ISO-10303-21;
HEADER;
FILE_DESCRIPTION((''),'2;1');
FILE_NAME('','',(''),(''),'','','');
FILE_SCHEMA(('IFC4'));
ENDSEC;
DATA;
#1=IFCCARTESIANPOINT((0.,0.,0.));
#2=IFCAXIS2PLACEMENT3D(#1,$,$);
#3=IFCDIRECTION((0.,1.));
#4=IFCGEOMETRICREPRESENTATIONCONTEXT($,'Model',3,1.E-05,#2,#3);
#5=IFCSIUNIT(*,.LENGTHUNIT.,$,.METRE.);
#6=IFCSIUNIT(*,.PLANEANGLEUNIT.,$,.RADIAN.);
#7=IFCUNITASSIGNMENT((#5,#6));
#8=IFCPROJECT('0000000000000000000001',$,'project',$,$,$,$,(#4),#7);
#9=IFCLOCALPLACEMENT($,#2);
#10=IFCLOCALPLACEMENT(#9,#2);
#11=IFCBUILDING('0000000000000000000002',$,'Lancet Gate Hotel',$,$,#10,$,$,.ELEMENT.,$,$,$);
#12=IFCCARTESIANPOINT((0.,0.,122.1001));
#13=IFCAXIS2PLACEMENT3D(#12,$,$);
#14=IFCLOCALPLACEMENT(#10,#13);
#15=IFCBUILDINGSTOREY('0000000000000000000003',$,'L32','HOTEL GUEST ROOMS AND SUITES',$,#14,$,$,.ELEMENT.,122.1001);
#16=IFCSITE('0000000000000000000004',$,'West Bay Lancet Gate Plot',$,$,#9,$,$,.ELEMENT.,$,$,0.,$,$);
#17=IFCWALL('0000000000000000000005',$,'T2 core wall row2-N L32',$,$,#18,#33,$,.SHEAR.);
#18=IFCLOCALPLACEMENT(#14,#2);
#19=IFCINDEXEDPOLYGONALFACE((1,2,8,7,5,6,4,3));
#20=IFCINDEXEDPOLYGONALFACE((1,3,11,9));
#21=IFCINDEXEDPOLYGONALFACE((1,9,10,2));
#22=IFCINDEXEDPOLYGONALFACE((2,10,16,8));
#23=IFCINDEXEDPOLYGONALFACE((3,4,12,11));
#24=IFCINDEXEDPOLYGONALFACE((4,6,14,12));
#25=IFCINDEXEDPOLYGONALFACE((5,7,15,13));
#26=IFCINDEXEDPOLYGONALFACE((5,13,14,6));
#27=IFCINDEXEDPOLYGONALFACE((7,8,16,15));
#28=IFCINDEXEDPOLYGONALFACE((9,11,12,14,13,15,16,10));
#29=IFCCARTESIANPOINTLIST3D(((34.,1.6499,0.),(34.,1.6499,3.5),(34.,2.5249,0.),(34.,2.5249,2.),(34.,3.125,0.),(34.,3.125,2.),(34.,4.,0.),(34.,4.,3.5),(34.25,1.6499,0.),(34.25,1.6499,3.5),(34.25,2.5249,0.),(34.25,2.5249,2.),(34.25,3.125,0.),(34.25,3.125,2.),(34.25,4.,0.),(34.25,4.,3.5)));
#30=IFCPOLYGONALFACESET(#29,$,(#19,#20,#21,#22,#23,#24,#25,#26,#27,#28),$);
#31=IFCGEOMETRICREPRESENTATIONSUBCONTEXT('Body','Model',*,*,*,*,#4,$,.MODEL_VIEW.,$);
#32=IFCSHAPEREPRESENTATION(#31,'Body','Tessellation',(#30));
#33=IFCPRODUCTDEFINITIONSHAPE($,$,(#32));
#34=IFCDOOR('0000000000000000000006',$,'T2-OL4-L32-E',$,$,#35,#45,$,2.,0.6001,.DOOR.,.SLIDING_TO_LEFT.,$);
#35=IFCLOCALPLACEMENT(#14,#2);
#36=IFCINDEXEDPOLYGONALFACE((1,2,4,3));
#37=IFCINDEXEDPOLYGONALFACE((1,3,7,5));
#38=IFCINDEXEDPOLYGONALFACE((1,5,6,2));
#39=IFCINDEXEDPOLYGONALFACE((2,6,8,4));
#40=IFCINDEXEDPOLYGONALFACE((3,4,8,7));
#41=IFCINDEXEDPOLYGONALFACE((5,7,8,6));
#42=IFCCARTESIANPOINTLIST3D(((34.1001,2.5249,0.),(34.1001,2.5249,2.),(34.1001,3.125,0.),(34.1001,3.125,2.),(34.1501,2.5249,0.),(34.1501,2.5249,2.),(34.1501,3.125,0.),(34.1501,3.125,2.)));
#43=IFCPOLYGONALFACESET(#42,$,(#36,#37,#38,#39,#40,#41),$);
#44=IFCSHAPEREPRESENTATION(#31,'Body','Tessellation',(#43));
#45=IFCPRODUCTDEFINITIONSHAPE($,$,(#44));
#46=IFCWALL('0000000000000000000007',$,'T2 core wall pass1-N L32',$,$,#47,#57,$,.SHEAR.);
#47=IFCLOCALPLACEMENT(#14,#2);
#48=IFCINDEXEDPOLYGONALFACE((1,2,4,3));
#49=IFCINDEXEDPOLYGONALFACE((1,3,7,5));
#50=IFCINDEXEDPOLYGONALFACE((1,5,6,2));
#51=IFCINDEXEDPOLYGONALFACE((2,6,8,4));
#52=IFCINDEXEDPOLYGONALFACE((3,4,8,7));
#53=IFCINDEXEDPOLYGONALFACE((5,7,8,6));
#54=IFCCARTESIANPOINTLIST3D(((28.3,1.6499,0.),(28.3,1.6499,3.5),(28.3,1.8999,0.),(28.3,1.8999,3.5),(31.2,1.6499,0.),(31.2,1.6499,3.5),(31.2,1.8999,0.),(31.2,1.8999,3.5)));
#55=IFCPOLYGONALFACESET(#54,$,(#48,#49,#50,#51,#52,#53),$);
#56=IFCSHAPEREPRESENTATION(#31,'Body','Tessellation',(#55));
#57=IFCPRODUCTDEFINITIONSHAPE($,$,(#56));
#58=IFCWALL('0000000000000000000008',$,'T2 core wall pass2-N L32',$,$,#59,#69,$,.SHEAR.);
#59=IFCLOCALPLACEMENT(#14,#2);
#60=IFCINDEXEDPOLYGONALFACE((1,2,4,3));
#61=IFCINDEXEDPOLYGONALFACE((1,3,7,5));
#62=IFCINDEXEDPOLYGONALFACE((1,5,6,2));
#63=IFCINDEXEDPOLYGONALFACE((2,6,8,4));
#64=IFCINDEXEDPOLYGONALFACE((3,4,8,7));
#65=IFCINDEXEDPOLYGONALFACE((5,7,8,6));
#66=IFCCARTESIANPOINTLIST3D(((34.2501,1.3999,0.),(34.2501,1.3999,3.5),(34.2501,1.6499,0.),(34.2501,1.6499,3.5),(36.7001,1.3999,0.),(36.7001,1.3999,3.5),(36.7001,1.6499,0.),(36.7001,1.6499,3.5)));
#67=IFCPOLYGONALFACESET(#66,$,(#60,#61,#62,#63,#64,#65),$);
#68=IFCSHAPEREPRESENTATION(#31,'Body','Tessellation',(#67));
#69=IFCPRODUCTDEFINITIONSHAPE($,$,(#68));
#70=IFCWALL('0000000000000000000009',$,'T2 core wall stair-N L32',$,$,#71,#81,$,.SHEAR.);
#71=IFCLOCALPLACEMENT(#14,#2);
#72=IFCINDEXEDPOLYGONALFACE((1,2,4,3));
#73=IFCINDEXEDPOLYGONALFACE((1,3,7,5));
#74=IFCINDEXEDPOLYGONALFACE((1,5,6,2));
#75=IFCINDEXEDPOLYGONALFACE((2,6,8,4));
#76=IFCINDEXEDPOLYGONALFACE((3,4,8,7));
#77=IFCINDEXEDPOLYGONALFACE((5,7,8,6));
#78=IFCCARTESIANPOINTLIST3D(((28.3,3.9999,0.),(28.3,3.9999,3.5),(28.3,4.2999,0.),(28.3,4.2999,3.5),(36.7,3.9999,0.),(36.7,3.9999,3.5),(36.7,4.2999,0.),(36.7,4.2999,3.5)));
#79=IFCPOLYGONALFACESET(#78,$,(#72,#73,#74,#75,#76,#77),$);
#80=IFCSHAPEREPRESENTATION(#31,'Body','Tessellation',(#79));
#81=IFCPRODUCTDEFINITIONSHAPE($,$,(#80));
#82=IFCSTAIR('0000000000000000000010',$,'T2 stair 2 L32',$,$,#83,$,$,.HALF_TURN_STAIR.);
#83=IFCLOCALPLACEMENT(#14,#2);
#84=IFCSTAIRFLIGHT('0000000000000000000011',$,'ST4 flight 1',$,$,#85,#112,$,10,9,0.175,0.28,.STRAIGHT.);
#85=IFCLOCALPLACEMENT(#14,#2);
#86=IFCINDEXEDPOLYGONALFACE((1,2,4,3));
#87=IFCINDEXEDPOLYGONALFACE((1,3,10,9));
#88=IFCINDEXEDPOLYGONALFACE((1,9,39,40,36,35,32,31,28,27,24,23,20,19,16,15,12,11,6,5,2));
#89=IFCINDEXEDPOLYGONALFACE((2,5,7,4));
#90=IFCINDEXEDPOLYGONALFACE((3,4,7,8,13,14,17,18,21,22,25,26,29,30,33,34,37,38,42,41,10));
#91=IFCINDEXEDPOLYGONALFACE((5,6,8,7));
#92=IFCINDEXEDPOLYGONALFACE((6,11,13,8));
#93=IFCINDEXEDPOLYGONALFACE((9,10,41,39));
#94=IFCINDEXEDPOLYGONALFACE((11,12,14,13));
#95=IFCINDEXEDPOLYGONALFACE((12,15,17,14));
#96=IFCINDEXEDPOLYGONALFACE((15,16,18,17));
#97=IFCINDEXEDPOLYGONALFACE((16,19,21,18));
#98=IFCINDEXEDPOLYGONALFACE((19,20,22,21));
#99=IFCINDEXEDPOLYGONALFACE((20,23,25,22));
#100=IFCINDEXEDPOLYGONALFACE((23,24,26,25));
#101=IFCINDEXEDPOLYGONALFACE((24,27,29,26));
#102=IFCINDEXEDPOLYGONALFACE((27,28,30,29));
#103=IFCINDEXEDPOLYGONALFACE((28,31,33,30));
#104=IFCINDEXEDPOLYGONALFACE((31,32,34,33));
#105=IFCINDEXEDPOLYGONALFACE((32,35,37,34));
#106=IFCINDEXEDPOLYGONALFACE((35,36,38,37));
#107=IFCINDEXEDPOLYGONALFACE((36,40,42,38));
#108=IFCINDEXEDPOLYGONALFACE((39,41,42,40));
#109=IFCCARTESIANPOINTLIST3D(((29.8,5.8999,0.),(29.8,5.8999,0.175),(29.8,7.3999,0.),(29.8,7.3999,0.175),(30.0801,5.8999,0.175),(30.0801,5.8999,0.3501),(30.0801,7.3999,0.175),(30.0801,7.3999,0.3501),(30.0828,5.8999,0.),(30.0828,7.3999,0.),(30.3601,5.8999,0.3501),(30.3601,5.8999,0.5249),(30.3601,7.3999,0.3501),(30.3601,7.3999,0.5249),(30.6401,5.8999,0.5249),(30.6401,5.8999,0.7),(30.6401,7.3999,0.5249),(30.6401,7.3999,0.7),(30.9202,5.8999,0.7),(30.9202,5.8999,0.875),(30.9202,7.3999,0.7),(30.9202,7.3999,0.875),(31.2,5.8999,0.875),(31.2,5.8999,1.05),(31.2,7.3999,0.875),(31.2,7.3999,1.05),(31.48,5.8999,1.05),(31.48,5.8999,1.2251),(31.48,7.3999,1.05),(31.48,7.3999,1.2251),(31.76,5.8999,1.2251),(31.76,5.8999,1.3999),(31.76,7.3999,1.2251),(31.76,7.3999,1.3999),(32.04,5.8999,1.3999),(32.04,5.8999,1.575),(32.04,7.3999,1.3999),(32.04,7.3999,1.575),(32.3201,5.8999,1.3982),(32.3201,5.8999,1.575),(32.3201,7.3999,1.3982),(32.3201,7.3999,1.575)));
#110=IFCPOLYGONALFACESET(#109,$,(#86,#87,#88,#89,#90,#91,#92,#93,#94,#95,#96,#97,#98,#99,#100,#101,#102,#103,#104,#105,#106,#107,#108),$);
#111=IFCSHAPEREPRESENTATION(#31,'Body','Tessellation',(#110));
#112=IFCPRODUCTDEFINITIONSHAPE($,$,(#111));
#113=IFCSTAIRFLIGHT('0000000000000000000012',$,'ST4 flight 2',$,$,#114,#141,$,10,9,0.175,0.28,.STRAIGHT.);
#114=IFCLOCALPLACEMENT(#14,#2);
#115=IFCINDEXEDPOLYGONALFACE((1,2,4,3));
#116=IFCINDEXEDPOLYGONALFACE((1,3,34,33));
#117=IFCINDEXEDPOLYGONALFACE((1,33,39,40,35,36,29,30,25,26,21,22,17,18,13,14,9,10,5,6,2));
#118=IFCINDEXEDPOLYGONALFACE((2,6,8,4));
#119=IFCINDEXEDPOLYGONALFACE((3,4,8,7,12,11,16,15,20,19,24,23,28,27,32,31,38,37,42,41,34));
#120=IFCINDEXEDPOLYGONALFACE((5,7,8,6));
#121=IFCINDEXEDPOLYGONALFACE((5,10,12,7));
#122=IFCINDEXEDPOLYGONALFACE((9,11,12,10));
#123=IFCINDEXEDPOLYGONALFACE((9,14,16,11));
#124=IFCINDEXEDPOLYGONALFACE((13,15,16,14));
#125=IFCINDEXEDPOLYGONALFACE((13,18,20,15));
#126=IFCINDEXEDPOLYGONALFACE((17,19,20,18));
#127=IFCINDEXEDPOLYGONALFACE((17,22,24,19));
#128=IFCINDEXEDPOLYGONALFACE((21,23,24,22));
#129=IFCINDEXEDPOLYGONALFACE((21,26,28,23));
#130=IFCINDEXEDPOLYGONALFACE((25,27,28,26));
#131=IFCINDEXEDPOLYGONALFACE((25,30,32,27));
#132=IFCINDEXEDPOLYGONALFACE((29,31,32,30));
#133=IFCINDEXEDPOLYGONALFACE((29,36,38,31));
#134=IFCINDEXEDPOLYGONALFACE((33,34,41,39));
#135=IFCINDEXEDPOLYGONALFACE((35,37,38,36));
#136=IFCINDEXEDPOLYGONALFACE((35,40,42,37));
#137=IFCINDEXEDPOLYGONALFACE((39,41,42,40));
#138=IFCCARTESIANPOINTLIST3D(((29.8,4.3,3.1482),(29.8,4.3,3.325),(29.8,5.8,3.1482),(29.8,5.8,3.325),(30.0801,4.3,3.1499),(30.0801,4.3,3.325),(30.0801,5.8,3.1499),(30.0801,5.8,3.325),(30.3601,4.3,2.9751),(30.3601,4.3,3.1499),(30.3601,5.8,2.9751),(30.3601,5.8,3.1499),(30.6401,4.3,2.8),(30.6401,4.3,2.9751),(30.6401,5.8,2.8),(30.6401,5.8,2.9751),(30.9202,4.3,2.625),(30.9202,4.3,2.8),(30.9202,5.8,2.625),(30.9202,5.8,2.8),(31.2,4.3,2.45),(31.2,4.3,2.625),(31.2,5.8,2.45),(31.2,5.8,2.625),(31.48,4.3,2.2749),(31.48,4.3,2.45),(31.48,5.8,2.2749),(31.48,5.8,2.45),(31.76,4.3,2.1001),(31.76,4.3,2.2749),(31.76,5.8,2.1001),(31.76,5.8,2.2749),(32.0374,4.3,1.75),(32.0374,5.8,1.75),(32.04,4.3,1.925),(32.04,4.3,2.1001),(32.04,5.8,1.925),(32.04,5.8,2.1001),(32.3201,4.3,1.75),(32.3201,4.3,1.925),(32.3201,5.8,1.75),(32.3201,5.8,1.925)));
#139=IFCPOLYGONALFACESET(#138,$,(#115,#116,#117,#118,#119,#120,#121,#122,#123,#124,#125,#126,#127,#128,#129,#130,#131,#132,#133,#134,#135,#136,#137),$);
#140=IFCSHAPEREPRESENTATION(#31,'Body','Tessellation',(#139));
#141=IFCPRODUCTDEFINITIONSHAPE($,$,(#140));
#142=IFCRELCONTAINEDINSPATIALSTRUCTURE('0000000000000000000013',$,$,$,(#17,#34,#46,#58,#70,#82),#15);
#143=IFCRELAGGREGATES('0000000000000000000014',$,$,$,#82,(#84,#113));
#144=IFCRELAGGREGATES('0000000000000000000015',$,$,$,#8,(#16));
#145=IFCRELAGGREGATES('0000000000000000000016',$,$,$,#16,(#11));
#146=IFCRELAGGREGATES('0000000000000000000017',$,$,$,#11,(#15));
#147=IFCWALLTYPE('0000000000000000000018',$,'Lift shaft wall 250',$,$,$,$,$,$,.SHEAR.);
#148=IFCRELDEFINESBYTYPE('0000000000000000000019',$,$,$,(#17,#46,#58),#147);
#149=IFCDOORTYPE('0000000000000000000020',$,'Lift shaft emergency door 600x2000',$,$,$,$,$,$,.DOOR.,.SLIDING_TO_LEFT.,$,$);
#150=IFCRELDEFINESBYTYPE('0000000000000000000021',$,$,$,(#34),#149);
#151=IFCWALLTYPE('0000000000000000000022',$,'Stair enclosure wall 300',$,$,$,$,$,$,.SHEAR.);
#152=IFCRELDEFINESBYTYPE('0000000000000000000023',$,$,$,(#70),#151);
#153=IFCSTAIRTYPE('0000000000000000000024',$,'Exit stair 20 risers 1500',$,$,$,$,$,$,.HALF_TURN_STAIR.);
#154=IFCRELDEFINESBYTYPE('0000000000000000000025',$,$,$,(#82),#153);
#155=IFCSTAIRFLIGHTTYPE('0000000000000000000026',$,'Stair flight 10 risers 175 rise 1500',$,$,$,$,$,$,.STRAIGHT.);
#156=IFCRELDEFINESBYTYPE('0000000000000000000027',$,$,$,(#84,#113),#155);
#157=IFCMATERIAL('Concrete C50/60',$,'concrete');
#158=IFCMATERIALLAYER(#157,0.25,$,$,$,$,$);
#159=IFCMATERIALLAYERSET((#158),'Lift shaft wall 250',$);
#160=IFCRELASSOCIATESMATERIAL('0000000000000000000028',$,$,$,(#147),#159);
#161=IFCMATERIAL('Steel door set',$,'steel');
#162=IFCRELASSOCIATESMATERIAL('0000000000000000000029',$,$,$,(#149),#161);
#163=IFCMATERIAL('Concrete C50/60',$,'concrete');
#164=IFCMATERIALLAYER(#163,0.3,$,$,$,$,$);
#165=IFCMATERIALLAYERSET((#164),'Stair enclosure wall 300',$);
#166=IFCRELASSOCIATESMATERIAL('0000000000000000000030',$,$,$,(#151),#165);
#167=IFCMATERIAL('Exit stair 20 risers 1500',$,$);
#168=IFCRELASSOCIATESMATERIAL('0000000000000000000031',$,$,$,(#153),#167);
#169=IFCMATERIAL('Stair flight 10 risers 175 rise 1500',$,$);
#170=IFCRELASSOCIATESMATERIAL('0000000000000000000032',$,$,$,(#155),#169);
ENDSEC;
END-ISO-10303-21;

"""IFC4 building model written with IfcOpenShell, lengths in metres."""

from ifc_helpers import new_model, si_unit, direction, frame, frame_2d, origin, place, context, subcontext, project, spatial, polyline, rectangle, outline, extrude, material, layer, layer_set, type_object, element, fill, aggregate, save


model = new_model("IFC4")

# Units and contexts
model_context = context("Model", 3, precision=1e-05, world=origin(), true_north=direction((0.0, 1.0)))
body_context = subcontext(model_context, "Body", "Model", "MODEL_VIEW")
ifc_project = project(units=[si_unit("LENGTHUNIT", "METRE"), si_unit("PLANEANGLEUNIT", "RADIAN")], contexts=[model_context])

# Site, building, storey
site_placement = place(None, origin())
site = spatial("IfcSite", under=ifc_project, at=site_placement, Name="West Bay Lancet Gate Plot", CompositionType="ELEMENT", RefElevation=0.0)
building_placement = place(site_placement, origin())
building = spatial("IfcBuilding", under=site, at=building_placement, Name="Lancet Gate Hotel", CompositionType="ELEMENT")
storey_placement = place(building_placement, frame((0.0, 0.0, 122.1001)))
storey = spatial("IfcBuildingStorey", under=building, at=storey_placement, Name="L32", Description="HOTEL GUEST ROOMS AND SUITES", CompositionType="ELEMENT", Elevation=122.1001)

# Wall, opening, door
ifc_material_1 = material(Name="Concrete C50/60", Category="concrete")
ifc_layer_1 = layer(ifc_material_1, 0.25)
ifc_layer_set_1 = layer_set([ifc_layer_1], Name="Lift shaft wall 250")
wall_type_1 = type_object("IfcWallType", Name="Lift shaft wall 250", PredefinedType="SHEAR", material=ifc_layer_set_1)
wall_1_placement = place(storey_placement, frame((34.125, 1.6499, 0.0), z_axis=(0.0, 0.0, 1.0), x_axis=(0.0, 1.0, 0.0)))
wall_1 = element("IfcWall", 1, at=wall_1_placement, inside=storey, type_object=wall_type_1, Name="T2 core wall row2-N L32", PredefinedType="SHEAR", context=body_context, shape_type="SweptSolid", body=[
    extrude(rectangle(XDim=2.3501, YDim=0.25, at=frame_2d((1.175, 0.0))), origin(), (0.0, 0.0, 1.0), 3.5),
])
opening_1_placement = place(wall_1_placement, frame((0.875, 0.0, 0.0)))
opening_1 = element("IfcOpeningElement", 2, at=opening_1_placement, cuts=wall_1, PredefinedType="OPENING", context=body_context, shape_type="SweptSolid", body=[
    extrude(rectangle(XDim=0.6001, YDim=2.0, at=frame_2d((0.3, 1.0))), frame((0.0, 0.135, 0.0), z_axis=(0.0, -1.0, 0.0), x_axis=(1.0, 0.0, 0.0)), (0.0, 0.0, 1.0), 0.27),
])
ifc_material_2 = material(Name="Steel door set", Category="steel")
door_type_1 = type_object("IfcDoorType", Name="Lift shaft emergency door 600x2000", OperationType="SLIDING_TO_LEFT", PredefinedType="DOOR", material=ifc_material_2)
door_1_placement = place(opening_1_placement, origin())
door_1 = element("IfcDoor", 3, at=door_1_placement, inside=storey, type_object=door_type_1, Name="T2-OL4-L32-E", OperationType="SLIDING_TO_LEFT", OverallHeight=2.0, OverallWidth=0.6001, PredefinedType="DOOR", context=body_context, shape_type="SweptSolid", body=[
    extrude(rectangle(XDim=0.6001, YDim=2.0, at=frame_2d((0.3, 1.0))), frame((0.0, 0.0249, 0.0), z_axis=(0.0, -1.0, 0.0), x_axis=(1.0, 0.0, 0.0)), (0.0, 0.0, 1.0), 0.05),
])
fill(opening_1, door_1)

# Walls
wall_2_placement = place(storey_placement, frame((28.3, 1.7749, 0.0), z_axis=(0.0, 0.0, 1.0), x_axis=(1.0, 0.0, 0.0)))
element("IfcWall", 4, at=wall_2_placement, inside=storey, type_object=wall_type_1, Name="T2 core wall pass1-N L32", PredefinedType="SHEAR", context=body_context, shape_type="SweptSolid", body=[
    extrude(rectangle(XDim=2.8999, YDim=0.25, at=frame_2d((1.45, 0.0))), origin(), (0.0, 0.0, 1.0), 3.5),
])
wall_3_placement = place(storey_placement, frame((34.25, 1.5249, 0.0), z_axis=(0.0, 0.0, 1.0), x_axis=(1.0, 0.0, 0.0)))
element("IfcWall", 5, at=wall_3_placement, inside=storey, type_object=wall_type_1, Name="T2 core wall pass2-N L32", PredefinedType="SHEAR", context=body_context, shape_type="SweptSolid", body=[
    extrude(rectangle(XDim=2.45, YDim=0.25, at=frame_2d((1.2251, 0.0))), origin(), (0.0, 0.0, 1.0), 3.5),
])
ifc_material_3 = material(Name="Concrete C50/60", Category="concrete")
ifc_layer_2 = layer(ifc_material_3, 0.3)
ifc_layer_set_2 = layer_set([ifc_layer_2], Name="Stair enclosure wall 300")
wall_type_2 = type_object("IfcWallType", Name="Stair enclosure wall 300", PredefinedType="SHEAR", material=ifc_layer_set_2)
wall_4_placement = place(storey_placement, frame((28.3, 4.1499, 0.0), z_axis=(0.0, 0.0, 1.0), x_axis=(1.0, 0.0, 0.0)))
element("IfcWall", 6, at=wall_4_placement, inside=storey, type_object=wall_type_2, Name="T2 core wall stair-N L32", PredefinedType="SHEAR", context=body_context, shape_type="SweptSolid", body=[
    extrude(rectangle(XDim=8.3999, YDim=0.3, at=frame_2d((4.2, 0.0))), origin(), (0.0, 0.0, 1.0), 3.5),
])

# Stair, stair flights
ifc_material_4 = material(Name="Exit stair 20 risers 1500")
stair_type = type_object("IfcStairType", Name="Exit stair 20 risers 1500", PredefinedType="HALF_TURN_STAIR", material=ifc_material_4)
stair_placement = place(storey_placement, origin())
stair = element("IfcStair", 7, at=stair_placement, inside=storey, type_object=stair_type, Name="T2 stair 2 L32", PredefinedType="HALF_TURN_STAIR")
ifc_material_5 = material(Name="Stair flight 10 risers 175 rise 1500")
stair_flight_type = type_object("IfcStairFlightType", Name="Stair flight 10 risers 175 rise 1500", PredefinedType="STRAIGHT", material=ifc_material_5)
stair_flight_1_placement = place(storey_placement, frame((29.8, 6.6499, 0.0), z_axis=(0.0, 0.0, 1.0), x_axis=(1.0, 0.0, 0.0)))
stair_flight_1 = element("IfcStairFlight", 8, at=stair_flight_1_placement, type_object=stair_flight_type, Name="ST4 flight 1", NumberOfRisers=10, NumberOfTreads=9, PredefinedType="STRAIGHT", RiserHeight=0.175, TreadLength=0.28, context=body_context, shape_type="SweptSolid", body=[
    extrude(outline(polyline([(0.0, 0.0), (0.0, 0.175), (0.28, 0.175), (0.28, 0.3501), (0.5601, 0.3501), (0.5601, 0.5249), (0.8401, 0.5249), (0.8401, 0.7), (1.1201, 0.7), (1.1201, 0.875), (1.3999, 0.875), (1.3999, 1.05), (1.6799, 1.05), (1.6799, 1.2251), (1.96, 1.2251), (1.96, 1.3999), (2.24, 1.3999), (2.24, 1.575), (2.52, 1.575), (2.52, 1.75), (2.52, 1.3982), (0.2827, 0.0), (0.0, 0.0)])), frame((0.0, 0.75, 0.0), z_axis=(0.0, -1.0, 0.0), x_axis=(1.0, 0.0, 0.0)), (0.0, 0.0, 1.0), 1.5),
])
stair_flight_2_placement = place(storey_placement, frame((32.3201, 5.05, 1.75), z_axis=(0.0, 0.0, 1.0), x_axis=(-1.0, 0.0, 0.0)))
stair_flight_2 = element("IfcStairFlight", 9, at=stair_flight_2_placement, type_object=stair_flight_type, Name="ST4 flight 2", NumberOfRisers=10, NumberOfTreads=9, PredefinedType="STRAIGHT", RiserHeight=0.175, TreadLength=0.28, context=body_context, shape_type="SweptSolid", body=[
    extrude(outline(polyline([(0.0, 0.0), (0.0, 0.175), (0.28, 0.175), (0.28, 0.3501), (0.5601, 0.3501), (0.5601, 0.5249), (0.8401, 0.5249), (0.8401, 0.7), (1.1201, 0.7), (1.1201, 0.875), (1.3999, 0.875), (1.3999, 1.05), (1.6799, 1.05), (1.6799, 1.2251), (1.96, 1.2251), (1.96, 1.3999), (2.24, 1.3999), (2.24, 1.575), (2.52, 1.575), (2.52, 1.75), (2.52, 1.3982), (0.2827, 0.0), (0.0, 0.0)])), frame((0.0, 0.75, 0.0), z_axis=(0.0, -1.0, 0.0), x_axis=(1.0, 0.0, 0.0)), (0.0, 0.0, 1.0), 1.5),
])
aggregate(stair, [stair_flight_1, stair_flight_2])

save(model, "model.ifc")
